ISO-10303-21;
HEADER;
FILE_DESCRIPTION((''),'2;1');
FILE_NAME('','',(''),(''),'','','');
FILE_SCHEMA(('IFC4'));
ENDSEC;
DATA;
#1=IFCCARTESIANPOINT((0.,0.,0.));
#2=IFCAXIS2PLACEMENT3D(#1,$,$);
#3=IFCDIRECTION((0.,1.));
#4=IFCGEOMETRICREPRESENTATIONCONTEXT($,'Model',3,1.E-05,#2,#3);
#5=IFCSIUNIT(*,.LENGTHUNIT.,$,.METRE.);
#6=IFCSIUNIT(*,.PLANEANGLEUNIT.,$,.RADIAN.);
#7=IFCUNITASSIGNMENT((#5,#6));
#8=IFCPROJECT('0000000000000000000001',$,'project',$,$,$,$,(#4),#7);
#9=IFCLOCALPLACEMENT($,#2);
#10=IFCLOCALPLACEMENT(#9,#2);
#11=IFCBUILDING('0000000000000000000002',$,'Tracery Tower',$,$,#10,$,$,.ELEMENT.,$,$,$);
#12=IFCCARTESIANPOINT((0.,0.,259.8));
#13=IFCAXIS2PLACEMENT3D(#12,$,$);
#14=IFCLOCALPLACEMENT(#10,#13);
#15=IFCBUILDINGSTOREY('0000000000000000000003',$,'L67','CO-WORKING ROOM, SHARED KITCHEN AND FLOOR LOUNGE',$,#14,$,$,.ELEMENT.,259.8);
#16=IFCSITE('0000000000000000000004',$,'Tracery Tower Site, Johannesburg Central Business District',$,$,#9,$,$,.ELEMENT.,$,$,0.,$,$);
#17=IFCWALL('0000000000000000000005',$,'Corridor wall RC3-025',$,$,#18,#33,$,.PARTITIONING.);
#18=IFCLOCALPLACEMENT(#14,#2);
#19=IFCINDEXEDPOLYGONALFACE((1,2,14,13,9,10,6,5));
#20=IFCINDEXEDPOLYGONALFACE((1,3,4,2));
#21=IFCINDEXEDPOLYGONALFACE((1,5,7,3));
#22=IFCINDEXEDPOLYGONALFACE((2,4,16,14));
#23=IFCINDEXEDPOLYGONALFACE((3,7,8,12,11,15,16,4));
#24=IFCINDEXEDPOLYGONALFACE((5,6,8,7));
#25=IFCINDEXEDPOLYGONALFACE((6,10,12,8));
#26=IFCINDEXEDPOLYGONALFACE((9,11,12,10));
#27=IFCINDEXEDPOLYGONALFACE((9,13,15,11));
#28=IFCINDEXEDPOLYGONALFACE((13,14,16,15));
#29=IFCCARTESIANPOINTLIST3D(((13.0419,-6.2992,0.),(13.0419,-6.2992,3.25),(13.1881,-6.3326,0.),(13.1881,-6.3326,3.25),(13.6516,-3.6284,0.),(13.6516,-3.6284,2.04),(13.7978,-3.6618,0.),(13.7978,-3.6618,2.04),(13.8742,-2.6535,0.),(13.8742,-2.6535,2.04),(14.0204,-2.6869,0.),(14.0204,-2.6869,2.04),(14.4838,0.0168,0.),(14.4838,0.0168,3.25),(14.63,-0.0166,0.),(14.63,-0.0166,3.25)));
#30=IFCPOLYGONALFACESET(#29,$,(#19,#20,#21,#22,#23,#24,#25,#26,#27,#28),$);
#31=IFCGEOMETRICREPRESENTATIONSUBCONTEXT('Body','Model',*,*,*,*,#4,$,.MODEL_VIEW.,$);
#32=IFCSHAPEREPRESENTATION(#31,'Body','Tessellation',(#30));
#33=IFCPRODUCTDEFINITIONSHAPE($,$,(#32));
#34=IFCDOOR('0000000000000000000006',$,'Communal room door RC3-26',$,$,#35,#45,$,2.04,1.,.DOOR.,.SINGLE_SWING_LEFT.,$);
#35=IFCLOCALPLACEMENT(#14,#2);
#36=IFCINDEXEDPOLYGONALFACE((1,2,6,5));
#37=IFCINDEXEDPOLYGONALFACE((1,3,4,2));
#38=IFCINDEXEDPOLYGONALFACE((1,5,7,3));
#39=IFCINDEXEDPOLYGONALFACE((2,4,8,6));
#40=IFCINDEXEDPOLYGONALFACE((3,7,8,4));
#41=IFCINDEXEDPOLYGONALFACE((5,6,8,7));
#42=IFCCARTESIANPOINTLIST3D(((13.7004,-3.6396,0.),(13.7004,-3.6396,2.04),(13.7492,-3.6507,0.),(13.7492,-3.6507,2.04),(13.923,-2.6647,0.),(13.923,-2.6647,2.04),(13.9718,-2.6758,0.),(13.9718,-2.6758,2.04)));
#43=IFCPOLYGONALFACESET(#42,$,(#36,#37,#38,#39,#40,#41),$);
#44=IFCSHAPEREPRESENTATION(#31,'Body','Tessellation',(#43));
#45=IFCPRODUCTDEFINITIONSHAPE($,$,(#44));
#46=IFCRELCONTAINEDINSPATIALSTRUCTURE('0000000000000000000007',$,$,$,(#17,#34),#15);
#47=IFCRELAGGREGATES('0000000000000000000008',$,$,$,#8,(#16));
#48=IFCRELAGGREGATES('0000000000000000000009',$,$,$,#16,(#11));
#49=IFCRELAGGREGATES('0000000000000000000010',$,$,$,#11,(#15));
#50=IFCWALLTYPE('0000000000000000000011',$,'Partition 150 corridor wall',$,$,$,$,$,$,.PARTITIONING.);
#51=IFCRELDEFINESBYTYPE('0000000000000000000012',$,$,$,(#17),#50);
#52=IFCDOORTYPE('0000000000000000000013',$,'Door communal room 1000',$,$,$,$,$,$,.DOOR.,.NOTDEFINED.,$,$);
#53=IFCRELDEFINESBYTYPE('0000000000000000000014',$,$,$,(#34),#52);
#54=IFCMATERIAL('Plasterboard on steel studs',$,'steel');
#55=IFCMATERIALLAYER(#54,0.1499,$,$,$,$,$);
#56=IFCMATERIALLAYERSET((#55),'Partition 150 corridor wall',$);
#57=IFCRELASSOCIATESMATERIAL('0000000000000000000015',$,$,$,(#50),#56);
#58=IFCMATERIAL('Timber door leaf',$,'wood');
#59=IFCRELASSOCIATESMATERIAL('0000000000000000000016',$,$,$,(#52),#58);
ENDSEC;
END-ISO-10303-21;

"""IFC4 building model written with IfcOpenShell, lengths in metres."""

from ifc_helpers import new_model, si_unit, direction, frame, frame_2d, origin, place, context, subcontext, project, spatial, rectangle, extrude, material, layer, layer_set, type_object, element, fill, save


model = new_model("IFC4")

# Units and contexts
model_context = context("Model", 3, precision=1e-05, world=origin(), true_north=direction((0.0, 1.0)))
body_context = subcontext(model_context, "Body", "Model", "MODEL_VIEW")
ifc_project = project(units=[si_unit("LENGTHUNIT", "METRE"), si_unit("PLANEANGLEUNIT", "RADIAN")], contexts=[model_context])

# Site, building, storey
site_placement = place(None, origin())
site = spatial("IfcSite", under=ifc_project, at=site_placement, Name="Tracery Tower Site, Johannesburg Central Business District", CompositionType="ELEMENT", RefElevation=0.0)
building_placement = place(site_placement, origin())
building = spatial("IfcBuilding", under=site, at=building_placement, Name="Tracery Tower", CompositionType="ELEMENT")
storey_placement = place(building_placement, frame((0.0, 0.0, 259.8)))
storey = spatial("IfcBuildingStorey", under=building, at=storey_placement, Name="L67", Description="CO-WORKING ROOM, SHARED KITCHEN AND FLOOR LOUNGE", CompositionType="ELEMENT", Elevation=259.8)

# Shared definitions
ifc_material_1 = material(Name="Plasterboard on steel studs", Category="steel")
ifc_layer_1 = layer(ifc_material_1, 0.1499)
ifc_layer_set_1 = layer_set([ifc_layer_1], Name="Partition 150 corridor wall")
wall_type_1 = type_object("IfcWallType", Name="Partition 150 corridor wall", PredefinedType="PARTITIONING", material=ifc_layer_set_1)

# Wall, opening, door
wall_1_placement = place(storey_placement, frame((13.115, -6.3159, 0.0), z_axis=(0.0, 0.0, 1.0), x_axis=(0.222569, 0.974917, 0.0)))
wall_1 = element("IfcWall", 1, at=wall_1_placement, inside=storey, type_object=wall_type_1, Name="Corridor wall RC3-025", PredefinedType="PARTITIONING", context=body_context, shape_type="SweptSolid", body=[
    extrude(rectangle(XDim=6.4785, YDim=0.1499, at=frame_2d((3.2393, 0.0))), origin(), (0.0, 0.0, 1.0), 3.25),
])
opening_1_placement = place(wall_1_placement, frame((2.7395, 0.0, 0.0)))
opening_1 = element("IfcOpeningElement", 2, at=opening_1_placement, cuts=wall_1, PredefinedType="OPENING", context=body_context, shape_type="SweptSolid", body=[
    extrude(rectangle(XDim=1.0, YDim=2.04, at=frame_2d((0.5, 1.02))), frame((0.0, 0.075, 0.0), z_axis=(0.0, -1.0, 0.0), x_axis=(1.0, 0.0, 0.0)), (0.0, 0.0, 1.0), 0.1499),
])
ifc_material_2 = material(Name="Timber door leaf", Category="wood")
door_type_1 = type_object("IfcDoorType", Name="Door communal room 1000", OperationType="NOTDEFINED", PredefinedType="DOOR", material=ifc_material_2)
door_1_placement = place(opening_1_placement, origin())
door_1 = element("IfcDoor", 3, at=door_1_placement, inside=storey, type_object=door_type_1, Name="Communal room door RC3-26", OperationType="SINGLE_SWING_LEFT", OverallHeight=2.04, OverallWidth=1.0, PredefinedType="DOOR", context=body_context, shape_type="SweptSolid", body=[
    extrude(rectangle(XDim=1.0, YDim=2.04, at=frame_2d((0.5, 1.02))), frame((0.0, 0.0249, 0.0), z_axis=(0.0, -1.0, 0.0), x_axis=(1.0, 0.0, 0.0)), (0.0, 0.0, 1.0), 0.05),
])
fill(opening_1, door_1)

save(model, "model.ifc")
